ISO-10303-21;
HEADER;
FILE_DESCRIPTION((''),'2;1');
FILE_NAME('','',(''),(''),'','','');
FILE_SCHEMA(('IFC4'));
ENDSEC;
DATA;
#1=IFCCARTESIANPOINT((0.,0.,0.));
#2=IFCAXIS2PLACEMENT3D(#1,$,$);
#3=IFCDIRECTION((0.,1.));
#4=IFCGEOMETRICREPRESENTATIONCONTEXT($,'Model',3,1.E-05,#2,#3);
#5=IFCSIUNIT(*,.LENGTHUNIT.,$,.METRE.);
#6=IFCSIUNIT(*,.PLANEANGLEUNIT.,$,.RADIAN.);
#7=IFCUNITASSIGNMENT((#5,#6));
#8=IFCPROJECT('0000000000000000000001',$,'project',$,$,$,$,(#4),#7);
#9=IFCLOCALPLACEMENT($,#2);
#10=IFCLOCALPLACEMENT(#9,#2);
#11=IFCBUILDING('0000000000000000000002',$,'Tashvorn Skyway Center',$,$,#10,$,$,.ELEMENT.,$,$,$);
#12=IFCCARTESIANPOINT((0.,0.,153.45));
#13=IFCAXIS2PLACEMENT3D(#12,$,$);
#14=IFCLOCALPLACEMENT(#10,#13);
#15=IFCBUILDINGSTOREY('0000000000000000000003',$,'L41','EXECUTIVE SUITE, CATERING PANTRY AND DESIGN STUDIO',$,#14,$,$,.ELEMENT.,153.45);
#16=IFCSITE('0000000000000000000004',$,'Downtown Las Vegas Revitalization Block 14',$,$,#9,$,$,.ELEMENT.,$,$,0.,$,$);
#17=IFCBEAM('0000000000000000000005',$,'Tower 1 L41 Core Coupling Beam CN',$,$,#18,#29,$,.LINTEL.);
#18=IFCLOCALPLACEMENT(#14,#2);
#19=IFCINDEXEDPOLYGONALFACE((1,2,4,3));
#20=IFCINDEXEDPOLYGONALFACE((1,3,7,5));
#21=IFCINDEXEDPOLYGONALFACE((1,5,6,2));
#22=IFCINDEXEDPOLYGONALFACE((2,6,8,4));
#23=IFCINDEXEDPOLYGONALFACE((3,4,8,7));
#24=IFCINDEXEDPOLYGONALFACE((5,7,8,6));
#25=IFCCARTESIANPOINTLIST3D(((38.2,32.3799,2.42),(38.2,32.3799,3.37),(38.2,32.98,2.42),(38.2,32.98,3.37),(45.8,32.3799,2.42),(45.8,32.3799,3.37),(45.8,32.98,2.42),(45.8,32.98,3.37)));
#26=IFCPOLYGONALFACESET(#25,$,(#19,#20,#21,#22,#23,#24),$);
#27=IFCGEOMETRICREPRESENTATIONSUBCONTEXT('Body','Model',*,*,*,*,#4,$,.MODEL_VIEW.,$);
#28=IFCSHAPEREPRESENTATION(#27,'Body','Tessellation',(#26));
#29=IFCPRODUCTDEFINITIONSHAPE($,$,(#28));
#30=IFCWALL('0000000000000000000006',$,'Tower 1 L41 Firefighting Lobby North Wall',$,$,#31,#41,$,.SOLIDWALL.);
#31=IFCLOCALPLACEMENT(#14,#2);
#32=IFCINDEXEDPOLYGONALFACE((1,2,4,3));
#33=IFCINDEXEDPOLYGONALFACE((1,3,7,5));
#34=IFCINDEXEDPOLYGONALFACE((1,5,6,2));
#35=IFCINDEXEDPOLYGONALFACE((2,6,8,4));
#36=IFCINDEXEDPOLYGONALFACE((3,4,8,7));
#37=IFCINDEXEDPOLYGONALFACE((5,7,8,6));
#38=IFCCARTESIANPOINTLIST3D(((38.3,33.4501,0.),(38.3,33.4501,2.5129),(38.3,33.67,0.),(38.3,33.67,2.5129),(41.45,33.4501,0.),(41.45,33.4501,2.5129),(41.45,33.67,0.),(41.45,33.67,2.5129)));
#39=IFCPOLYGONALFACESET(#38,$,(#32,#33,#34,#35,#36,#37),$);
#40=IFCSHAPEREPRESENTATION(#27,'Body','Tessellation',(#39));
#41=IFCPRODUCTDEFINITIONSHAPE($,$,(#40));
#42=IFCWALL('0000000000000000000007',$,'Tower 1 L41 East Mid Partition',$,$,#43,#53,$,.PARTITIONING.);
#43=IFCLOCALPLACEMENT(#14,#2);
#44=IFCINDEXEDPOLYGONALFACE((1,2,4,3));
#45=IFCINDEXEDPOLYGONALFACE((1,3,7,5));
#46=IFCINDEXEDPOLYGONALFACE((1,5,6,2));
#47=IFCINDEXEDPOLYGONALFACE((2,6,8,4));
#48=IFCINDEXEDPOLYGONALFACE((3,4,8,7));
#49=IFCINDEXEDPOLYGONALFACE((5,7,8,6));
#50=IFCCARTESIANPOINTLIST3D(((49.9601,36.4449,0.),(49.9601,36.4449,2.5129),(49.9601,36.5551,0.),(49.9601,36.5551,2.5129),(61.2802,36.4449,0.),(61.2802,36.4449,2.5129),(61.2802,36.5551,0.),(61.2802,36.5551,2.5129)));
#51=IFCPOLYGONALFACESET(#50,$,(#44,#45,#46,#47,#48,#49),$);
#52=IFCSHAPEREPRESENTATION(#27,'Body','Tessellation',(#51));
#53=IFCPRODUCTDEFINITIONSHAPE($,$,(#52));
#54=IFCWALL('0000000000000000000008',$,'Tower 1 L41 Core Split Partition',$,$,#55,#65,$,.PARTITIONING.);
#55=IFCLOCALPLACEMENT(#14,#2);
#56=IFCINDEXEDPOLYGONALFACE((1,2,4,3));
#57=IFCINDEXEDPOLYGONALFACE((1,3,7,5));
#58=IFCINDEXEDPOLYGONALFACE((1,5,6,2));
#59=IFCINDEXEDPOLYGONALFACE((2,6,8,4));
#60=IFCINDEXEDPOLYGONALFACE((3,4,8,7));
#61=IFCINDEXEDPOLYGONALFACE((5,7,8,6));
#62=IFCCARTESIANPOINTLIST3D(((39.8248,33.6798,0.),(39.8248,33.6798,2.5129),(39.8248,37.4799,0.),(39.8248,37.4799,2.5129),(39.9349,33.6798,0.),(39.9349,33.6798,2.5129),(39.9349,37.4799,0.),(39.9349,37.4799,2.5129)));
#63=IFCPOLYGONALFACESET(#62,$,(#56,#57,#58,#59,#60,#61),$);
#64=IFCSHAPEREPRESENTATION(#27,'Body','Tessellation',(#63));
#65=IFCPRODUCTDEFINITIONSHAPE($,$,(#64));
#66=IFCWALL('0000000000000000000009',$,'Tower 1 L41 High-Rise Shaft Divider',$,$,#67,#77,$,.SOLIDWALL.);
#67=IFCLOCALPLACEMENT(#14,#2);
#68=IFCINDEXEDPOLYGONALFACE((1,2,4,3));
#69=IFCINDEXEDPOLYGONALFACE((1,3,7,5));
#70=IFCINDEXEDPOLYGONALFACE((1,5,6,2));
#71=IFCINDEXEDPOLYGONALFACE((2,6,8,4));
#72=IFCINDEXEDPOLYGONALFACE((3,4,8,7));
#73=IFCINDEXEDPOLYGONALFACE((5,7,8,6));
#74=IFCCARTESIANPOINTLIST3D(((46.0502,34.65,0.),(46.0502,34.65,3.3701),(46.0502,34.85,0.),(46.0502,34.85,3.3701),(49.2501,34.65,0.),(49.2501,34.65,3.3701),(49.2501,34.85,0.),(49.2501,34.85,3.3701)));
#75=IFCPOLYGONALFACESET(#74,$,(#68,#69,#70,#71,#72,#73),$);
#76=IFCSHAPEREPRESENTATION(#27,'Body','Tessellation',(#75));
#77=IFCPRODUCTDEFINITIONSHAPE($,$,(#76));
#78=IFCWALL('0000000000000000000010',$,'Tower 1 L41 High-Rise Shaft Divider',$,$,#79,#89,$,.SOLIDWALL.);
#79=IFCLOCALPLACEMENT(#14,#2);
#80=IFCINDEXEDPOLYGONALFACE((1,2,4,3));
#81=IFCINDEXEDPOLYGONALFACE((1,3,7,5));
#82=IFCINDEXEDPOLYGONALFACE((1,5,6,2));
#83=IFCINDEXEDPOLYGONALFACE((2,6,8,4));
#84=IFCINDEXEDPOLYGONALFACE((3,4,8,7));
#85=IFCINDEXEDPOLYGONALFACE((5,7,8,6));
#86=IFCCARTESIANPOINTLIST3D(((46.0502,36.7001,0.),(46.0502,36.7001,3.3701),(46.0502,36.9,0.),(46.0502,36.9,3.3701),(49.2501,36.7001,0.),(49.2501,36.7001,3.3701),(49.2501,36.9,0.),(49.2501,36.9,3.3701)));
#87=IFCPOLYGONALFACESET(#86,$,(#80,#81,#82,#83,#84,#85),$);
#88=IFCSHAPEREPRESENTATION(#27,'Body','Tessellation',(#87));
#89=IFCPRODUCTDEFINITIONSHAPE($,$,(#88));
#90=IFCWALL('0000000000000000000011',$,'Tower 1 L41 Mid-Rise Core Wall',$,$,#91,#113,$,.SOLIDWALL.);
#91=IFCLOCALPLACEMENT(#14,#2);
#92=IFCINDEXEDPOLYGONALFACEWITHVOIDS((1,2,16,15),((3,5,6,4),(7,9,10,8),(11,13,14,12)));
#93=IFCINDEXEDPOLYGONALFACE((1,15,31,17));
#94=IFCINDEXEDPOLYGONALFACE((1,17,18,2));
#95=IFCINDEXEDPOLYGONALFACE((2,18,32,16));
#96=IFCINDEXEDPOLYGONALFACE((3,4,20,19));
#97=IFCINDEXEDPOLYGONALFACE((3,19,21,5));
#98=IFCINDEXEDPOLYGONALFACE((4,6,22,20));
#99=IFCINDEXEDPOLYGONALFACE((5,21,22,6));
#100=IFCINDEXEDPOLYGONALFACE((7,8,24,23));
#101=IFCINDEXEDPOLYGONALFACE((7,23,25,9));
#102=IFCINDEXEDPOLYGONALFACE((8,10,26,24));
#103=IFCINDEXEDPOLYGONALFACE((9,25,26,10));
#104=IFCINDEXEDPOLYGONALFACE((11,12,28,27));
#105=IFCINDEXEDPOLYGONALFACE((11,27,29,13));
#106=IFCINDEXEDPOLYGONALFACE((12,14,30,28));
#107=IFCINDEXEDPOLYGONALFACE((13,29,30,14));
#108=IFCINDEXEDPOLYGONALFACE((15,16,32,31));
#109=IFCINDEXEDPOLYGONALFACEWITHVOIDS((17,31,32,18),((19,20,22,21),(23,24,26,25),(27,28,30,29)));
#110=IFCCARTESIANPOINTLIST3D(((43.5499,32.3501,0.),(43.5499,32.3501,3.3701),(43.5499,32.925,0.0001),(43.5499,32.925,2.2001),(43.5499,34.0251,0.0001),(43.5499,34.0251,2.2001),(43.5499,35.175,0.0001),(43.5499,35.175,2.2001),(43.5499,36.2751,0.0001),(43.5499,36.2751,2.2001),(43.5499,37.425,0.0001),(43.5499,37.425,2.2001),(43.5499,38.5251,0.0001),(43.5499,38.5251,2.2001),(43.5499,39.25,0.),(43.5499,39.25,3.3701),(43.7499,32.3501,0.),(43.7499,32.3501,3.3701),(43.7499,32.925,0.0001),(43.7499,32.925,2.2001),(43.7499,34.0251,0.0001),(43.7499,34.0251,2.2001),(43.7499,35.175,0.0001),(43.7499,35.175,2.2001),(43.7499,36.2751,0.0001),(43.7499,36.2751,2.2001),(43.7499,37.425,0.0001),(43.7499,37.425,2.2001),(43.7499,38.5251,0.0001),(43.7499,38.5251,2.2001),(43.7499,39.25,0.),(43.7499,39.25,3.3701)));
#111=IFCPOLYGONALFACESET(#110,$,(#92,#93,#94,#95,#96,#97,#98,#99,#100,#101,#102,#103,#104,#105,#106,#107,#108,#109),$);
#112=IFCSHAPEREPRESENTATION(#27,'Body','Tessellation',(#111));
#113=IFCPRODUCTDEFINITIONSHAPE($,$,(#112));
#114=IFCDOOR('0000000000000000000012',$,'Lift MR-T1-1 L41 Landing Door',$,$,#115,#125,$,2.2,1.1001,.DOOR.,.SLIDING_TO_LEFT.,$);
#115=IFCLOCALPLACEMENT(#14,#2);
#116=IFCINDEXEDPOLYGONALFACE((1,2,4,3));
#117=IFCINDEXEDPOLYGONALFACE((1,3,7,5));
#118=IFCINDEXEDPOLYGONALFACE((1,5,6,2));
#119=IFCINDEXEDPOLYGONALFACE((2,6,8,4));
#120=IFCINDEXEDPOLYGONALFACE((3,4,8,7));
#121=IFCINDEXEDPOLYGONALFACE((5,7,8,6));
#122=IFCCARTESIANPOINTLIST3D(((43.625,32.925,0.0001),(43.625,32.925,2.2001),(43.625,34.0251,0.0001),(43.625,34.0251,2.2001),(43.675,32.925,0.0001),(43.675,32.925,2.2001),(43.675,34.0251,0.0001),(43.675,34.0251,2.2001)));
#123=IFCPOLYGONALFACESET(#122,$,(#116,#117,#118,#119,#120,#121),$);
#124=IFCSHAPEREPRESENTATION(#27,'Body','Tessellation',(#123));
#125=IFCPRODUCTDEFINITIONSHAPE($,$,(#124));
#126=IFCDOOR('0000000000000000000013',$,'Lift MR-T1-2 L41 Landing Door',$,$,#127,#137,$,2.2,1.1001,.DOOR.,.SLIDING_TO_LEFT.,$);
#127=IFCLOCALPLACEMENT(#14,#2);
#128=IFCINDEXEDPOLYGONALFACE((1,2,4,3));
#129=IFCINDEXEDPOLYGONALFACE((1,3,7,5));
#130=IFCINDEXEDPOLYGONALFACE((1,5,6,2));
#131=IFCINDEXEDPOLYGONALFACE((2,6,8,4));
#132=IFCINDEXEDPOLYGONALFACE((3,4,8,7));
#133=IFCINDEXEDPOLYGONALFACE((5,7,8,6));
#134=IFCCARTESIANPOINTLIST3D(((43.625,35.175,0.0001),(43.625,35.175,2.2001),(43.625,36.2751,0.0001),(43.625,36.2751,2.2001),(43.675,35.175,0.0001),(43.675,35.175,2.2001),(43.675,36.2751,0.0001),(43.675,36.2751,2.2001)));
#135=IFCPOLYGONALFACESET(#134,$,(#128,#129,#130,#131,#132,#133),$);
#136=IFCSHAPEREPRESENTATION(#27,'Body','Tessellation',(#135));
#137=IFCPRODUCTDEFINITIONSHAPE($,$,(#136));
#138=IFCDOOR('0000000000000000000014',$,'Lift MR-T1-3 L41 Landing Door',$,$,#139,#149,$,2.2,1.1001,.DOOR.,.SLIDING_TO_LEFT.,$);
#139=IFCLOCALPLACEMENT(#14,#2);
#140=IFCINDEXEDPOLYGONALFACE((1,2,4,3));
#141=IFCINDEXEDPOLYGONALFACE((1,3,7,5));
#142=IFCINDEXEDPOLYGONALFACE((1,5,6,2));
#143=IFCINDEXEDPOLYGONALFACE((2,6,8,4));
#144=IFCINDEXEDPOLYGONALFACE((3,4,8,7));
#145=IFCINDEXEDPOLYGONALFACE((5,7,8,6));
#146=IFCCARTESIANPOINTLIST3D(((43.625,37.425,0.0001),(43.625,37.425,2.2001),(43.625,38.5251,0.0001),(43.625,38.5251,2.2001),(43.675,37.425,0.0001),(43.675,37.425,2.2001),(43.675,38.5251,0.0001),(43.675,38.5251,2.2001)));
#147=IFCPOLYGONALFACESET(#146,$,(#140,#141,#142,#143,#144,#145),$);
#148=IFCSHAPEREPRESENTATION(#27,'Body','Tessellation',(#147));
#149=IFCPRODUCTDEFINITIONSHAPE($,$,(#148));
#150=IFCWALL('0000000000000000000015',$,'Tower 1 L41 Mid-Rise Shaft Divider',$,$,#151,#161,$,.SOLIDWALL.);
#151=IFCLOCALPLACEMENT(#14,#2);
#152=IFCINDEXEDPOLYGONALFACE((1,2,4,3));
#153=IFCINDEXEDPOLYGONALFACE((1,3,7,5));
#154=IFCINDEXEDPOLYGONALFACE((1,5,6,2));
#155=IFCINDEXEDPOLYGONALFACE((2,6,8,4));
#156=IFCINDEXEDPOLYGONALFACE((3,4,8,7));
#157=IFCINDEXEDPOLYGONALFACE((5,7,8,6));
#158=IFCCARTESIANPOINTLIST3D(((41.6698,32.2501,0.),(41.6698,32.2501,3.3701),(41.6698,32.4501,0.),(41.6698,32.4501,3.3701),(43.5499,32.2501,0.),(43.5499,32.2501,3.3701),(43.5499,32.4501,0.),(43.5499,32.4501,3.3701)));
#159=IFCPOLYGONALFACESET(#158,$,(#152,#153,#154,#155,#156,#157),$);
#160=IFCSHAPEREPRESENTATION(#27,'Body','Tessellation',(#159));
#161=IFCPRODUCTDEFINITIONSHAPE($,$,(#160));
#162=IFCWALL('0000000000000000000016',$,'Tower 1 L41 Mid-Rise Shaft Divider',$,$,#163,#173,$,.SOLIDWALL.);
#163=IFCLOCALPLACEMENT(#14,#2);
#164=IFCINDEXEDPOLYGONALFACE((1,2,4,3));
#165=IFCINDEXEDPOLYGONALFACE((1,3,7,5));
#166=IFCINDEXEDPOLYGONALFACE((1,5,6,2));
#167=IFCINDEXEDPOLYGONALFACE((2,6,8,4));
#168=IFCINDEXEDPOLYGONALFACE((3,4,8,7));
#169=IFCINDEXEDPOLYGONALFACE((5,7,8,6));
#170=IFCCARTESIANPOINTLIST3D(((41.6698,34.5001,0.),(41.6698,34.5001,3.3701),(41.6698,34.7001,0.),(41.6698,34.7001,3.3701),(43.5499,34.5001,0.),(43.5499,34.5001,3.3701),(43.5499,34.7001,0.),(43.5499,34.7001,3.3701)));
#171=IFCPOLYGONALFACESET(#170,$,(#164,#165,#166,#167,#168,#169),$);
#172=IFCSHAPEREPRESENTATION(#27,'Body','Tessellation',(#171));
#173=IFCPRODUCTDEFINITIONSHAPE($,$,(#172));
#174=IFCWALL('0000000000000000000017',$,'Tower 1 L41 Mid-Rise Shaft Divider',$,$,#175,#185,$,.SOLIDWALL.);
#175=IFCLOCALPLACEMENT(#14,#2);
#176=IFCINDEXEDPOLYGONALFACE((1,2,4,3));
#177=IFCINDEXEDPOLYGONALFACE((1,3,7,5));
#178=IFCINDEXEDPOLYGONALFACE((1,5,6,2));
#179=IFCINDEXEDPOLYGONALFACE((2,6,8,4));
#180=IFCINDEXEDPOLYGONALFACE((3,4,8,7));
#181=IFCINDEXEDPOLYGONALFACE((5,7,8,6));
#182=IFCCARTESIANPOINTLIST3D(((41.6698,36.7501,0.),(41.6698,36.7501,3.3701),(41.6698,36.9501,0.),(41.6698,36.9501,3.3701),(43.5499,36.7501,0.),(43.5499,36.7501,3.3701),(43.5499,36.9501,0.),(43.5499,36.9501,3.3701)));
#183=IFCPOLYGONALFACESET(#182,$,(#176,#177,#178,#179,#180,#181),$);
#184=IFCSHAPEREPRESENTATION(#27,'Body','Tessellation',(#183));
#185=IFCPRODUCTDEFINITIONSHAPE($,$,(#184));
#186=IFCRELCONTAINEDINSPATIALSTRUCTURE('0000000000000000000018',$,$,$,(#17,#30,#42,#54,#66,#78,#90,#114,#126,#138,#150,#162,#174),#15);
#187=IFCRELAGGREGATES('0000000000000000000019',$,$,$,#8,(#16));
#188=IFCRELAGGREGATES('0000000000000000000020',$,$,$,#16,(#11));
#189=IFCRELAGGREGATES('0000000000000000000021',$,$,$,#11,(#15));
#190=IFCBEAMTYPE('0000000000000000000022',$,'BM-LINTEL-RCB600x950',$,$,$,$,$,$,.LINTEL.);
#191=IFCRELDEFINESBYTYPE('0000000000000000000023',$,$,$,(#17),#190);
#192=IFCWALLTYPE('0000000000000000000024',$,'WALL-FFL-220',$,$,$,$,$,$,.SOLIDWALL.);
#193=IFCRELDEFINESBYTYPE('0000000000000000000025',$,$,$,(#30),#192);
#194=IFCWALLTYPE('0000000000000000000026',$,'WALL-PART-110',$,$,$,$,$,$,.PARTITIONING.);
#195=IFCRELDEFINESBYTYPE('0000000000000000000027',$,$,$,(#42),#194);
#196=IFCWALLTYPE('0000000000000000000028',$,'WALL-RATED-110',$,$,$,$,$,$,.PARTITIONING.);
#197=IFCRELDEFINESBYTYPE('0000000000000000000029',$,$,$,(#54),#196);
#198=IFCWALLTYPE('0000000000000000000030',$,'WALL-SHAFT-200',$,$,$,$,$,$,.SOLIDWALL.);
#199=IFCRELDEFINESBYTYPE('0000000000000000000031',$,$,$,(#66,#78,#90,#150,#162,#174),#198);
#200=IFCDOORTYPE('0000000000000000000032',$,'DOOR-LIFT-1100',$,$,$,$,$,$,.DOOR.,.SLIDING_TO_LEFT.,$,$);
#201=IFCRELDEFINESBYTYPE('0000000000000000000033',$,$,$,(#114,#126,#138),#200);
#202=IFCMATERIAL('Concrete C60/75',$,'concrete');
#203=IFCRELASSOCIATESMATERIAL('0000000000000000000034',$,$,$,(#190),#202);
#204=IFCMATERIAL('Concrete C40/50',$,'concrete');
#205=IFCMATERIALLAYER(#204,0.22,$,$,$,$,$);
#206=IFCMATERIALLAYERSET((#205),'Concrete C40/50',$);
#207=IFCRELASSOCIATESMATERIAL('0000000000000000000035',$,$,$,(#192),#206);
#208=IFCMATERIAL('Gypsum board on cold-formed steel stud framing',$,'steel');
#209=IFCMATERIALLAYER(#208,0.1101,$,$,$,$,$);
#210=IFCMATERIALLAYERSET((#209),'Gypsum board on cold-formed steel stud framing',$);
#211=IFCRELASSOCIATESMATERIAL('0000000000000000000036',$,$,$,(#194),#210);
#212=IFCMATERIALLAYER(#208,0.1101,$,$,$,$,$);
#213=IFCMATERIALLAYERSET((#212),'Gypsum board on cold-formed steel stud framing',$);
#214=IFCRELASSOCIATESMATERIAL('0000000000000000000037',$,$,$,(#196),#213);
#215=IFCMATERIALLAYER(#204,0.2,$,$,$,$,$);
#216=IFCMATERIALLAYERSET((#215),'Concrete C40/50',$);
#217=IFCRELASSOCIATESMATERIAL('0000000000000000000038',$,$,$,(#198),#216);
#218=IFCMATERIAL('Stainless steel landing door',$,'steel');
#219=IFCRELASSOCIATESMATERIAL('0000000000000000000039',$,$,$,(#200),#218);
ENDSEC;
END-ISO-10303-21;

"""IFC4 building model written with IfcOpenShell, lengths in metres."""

from ifc_helpers import new_model, si_unit, direction, frame, frame_2d, origin, origin_2d, place, context, subcontext, project, spatial, rectangle, extrude, material, layer, layer_set, material_profile, profile_set, type_object, element, fill, save


model = new_model("IFC4")

# Units and contexts
model_context = context("Model", 3, precision=1e-05, world=origin(), true_north=direction((0.0, 1.0)))
body_context = subcontext(model_context, "Body", "Model", "MODEL_VIEW")
ifc_project = project(units=[si_unit("LENGTHUNIT", "METRE"), si_unit("PLANEANGLEUNIT", "RADIAN")], contexts=[model_context])

# Site, building, storey
site_placement = place(None, origin())
site = spatial("IfcSite", under=ifc_project, at=site_placement, Name="Downtown Las Vegas Revitalization Block 14", CompositionType="ELEMENT", RefElevation=0.0)
building_placement = place(site_placement, origin())
building = spatial("IfcBuilding", under=site, at=building_placement, Name="Tashvorn Skyway Center", CompositionType="ELEMENT")
storey_placement = place(building_placement, frame((0.0, 0.0, 153.45)))
storey = spatial("IfcBuildingStorey", under=building, at=storey_placement, Name="L41", Description="EXECUTIVE SUITE, CATERING PANTRY AND DESIGN STUDIO", CompositionType="ELEMENT", Elevation=153.45)

# Beam
ifc_material_1 = material(Name="Concrete C60/75", Category="concrete")
ifc_material_profile = material_profile(ifc_material_1, rectangle(XDim=0.6001, YDim=0.95, at=origin_2d()), Name="RCB600x950")
ifc_profile_set = profile_set([ifc_material_profile], Name="Concrete C60/75")
beam_type = type_object("IfcBeamType", Name="BM-LINTEL-RCB600x950", PredefinedType="LINTEL", material=ifc_profile_set)
beam_placement = place(storey_placement, frame((38.2, 32.6799, 2.895), z_axis=(1.0, 0.0, 0.0), x_axis=(0.0, 1.0, 0.0)))
element("IfcBeam", 1, at=beam_placement, inside=storey, type_object=beam_type, Name="Tower 1 L41 Core Coupling Beam CN", PredefinedType="LINTEL", context=body_context, shape_type="SweptSolid", body=[
    extrude(rectangle(XDim=0.6001, YDim=0.95, at=origin_2d()), origin(), (0.0, 0.0, 1.0), 7.6001),
])

# Walls
ifc_material_2 = material(Name="Concrete C40/50", Category="concrete")
ifc_layer_1 = layer(ifc_material_2, 0.22)
ifc_layer_set_1 = layer_set([ifc_layer_1], Name="Concrete C40/50")
wall_type_1 = type_object("IfcWallType", Name="WALL-FFL-220", PredefinedType="SOLIDWALL", material=ifc_layer_set_1)
wall_1_placement = place(storey_placement, frame((38.3, 33.5601, 0.0), z_axis=(0.0, 0.0, 1.0), x_axis=(1.0, 0.0, 0.0)))
element("IfcWall", 2, at=wall_1_placement, inside=storey, type_object=wall_type_1, Name="Tower 1 L41 Firefighting Lobby North Wall", PredefinedType="SOLIDWALL", context=body_context, shape_type="SweptSolid", body=[
    extrude(rectangle(XDim=3.1499, YDim=0.22, at=frame_2d((1.575, 0.0))), origin(), (0.0, 0.0, 1.0), 2.5129),
])
ifc_material_3 = material(Name="Gypsum board on cold-formed steel stud framing", Category="steel")
ifc_layer_2 = layer(ifc_material_3, 0.1101)
ifc_layer_set_2 = layer_set([ifc_layer_2], Name="Gypsum board on cold-formed steel stud framing")
wall_type_2 = type_object("IfcWallType", Name="WALL-PART-110", PredefinedType="PARTITIONING", material=ifc_layer_set_2)
wall_2_placement = place(storey_placement, frame((49.96, 36.5, 0.0), z_axis=(0.0, 0.0, 1.0), x_axis=(1.0, 0.0, 0.0)))
element("IfcWall", 3, at=wall_2_placement, inside=storey, type_object=wall_type_2, Name="Tower 1 L41 East Mid Partition", PredefinedType="PARTITIONING", context=body_context, shape_type="SweptSolid", body=[
    extrude(rectangle(XDim=11.3201, YDim=0.1101, at=frame_2d((5.6602, 0.0))), origin(), (0.0, 0.0, 1.0), 2.5129),
])
ifc_layer_3 = layer(ifc_material_3, 0.1101)
ifc_layer_set_3 = layer_set([ifc_layer_3], Name="Gypsum board on cold-formed steel stud framing")
wall_type_3 = type_object("IfcWallType", Name="WALL-RATED-110", PredefinedType="PARTITIONING", material=ifc_layer_set_3)
wall_3_placement = place(storey_placement, frame((39.8799, 33.6799, 0.0), z_axis=(0.0, 0.0, 1.0), x_axis=(0.0, 1.0, 0.0)))
element("IfcWall", 4, at=wall_3_placement, inside=storey, type_object=wall_type_3, Name="Tower 1 L41 Core Split Partition", PredefinedType="PARTITIONING", context=body_context, shape_type="SweptSolid", body=[
    extrude(rectangle(XDim=3.8, YDim=0.1101, at=frame_2d((1.8999, 0.0))), origin(), (0.0, 0.0, 1.0), 2.5129),
])
ifc_layer_4 = layer(ifc_material_2, 0.2)
ifc_layer_set_4 = layer_set([ifc_layer_4], Name="Concrete C40/50")
wall_type_4 = type_object("IfcWallType", Name="WALL-SHAFT-200", PredefinedType="SOLIDWALL", material=ifc_layer_set_4)
for number, where, z_axis, x_axis, name in (
    (5, (46.05, 34.75, 0.0), (0.0, 0.0, 1.0), (1.0, 0.0, 0.0), "Tower 1 L41 High-Rise Shaft Divider"),
    (6, (46.05, 36.8, 0.0), (0.0, 0.0, 1.0), (1.0, 0.0, 0.0), "Tower 1 L41 High-Rise Shaft Divider"),
):
    element("IfcWall", number, at=place(storey_placement, frame(where, z_axis=z_axis, x_axis=x_axis)), inside=storey, type_object=wall_type_4, Name=name, PredefinedType="SOLIDWALL", context=body_context, shape_type="SweptSolid", body=[
        extrude(rectangle(XDim=3.2, YDim=0.2, at=frame_2d((1.6001, 0.0))), origin(), (0.0, 0.0, 1.0), 3.3701),
    ])

# Wall, openings, doors
wall_4_placement = place(storey_placement, frame((43.6499, 32.3501, 0.0), z_axis=(0.0, 0.0, 1.0), x_axis=(0.0, 1.0, 0.0)))
wall_4 = element("IfcWall", 7, at=wall_4_placement, inside=storey, type_object=wall_type_4, Name="Tower 1 L41 Mid-Rise Core Wall", PredefinedType="SOLIDWALL", context=body_context, shape_type="SweptSolid", body=[
    extrude(rectangle(XDim=6.8999, YDim=0.2, at=frame_2d((3.45, 0.0))), origin(), (0.0, 0.0, 1.0), 3.3701),
])
opening_1_placement = place(wall_4_placement, frame((0.575, 0.0, 0.0)))
opening_1 = element("IfcOpeningElement", 8, at=opening_1_placement, cuts=wall_4, PredefinedType="OPENING", context=body_context, shape_type="SweptSolid", body=[
    extrude(rectangle(XDim=1.1001, YDim=2.2, at=frame_2d((0.55, 1.1001))), frame((0.0, 0.1099, 0.0), z_axis=(0.0, -1.0, 0.0), x_axis=(1.0, 0.0, 0.0)), (0.0, 0.0, 1.0), 0.22),
])
opening_2_placement = place(wall_4_placement, frame((2.825, 0.0, 0.0)))
opening_2 = element("IfcOpeningElement", 9, at=opening_2_placement, cuts=wall_4, PredefinedType="OPENING", context=body_context, shape_type="SweptSolid", body=[
    extrude(rectangle(XDim=1.1001, YDim=2.2, at=frame_2d((0.55, 1.1001))), frame((0.0, 0.1099, 0.0), z_axis=(0.0, -1.0, 0.0), x_axis=(1.0, 0.0, 0.0)), (0.0, 0.0, 1.0), 0.22),
])
opening_3_placement = place(wall_4_placement, frame((5.075, 0.0, 0.0)))
opening_3 = element("IfcOpeningElement", 10, at=opening_3_placement, cuts=wall_4, PredefinedType="OPENING", context=body_context, shape_type="SweptSolid", body=[
    extrude(rectangle(XDim=1.1001, YDim=2.2, at=frame_2d((0.55, 1.1001))), frame((0.0, 0.1099, 0.0), z_axis=(0.0, -1.0, 0.0), x_axis=(1.0, 0.0, 0.0)), (0.0, 0.0, 1.0), 0.22),
])
ifc_material_4 = material(Name="Stainless steel landing door", Category="steel")
door_type_1 = type_object("IfcDoorType", Name="DOOR-LIFT-1100", OperationType="SLIDING_TO_LEFT", PredefinedType="DOOR", material=ifc_material_4)
door_1_placement = place(opening_1_placement, origin())
door_1 = element("IfcDoor", 11, at=door_1_placement, inside=storey, type_object=door_type_1, Name="Lift MR-T1-1 L41 Landing Door", OperationType="SLIDING_TO_LEFT", OverallHeight=2.2, OverallWidth=1.1001, PredefinedType="DOOR", context=body_context, shape_type="SweptSolid", body=[
    extrude(rectangle(XDim=1.1001, YDim=2.2, at=frame_2d((0.55, 1.1001))), frame((0.0, 0.0249, 0.0), z_axis=(0.0, -1.0, 0.0), x_axis=(1.0, 0.0, 0.0)), (0.0, 0.0, 1.0), 0.05),
])
fill(opening_1, door_1)
door_2_placement = place(opening_2_placement, origin())
door_2 = element("IfcDoor", 12, at=door_2_placement, inside=storey, type_object=door_type_1, Name="Lift MR-T1-2 L41 Landing Door", OperationType="SLIDING_TO_LEFT", OverallHeight=2.2, OverallWidth=1.1001, PredefinedType="DOOR", context=body_context, shape_type="SweptSolid", body=[
    extrude(rectangle(XDim=1.1001, YDim=2.2, at=frame_2d((0.55, 1.1001))), frame((0.0, 0.0249, 0.0), z_axis=(0.0, -1.0, 0.0), x_axis=(1.0, 0.0, 0.0)), (0.0, 0.0, 1.0), 0.05),
])
fill(opening_2, door_2)
door_3_placement = place(opening_3_placement, origin())
door_3 = element("IfcDoor", 13, at=door_3_placement, inside=storey, type_object=door_type_1, Name="Lift MR-T1-3 L41 Landing Door", OperationType="SLIDING_TO_LEFT", OverallHeight=2.2, OverallWidth=1.1001, PredefinedType="DOOR", context=body_context, shape_type="SweptSolid", body=[
    extrude(rectangle(XDim=1.1001, YDim=2.2, at=frame_2d((0.55, 1.1001))), frame((0.0, 0.0249, 0.0), z_axis=(0.0, -1.0, 0.0), x_axis=(1.0, 0.0, 0.0)), (0.0, 0.0, 1.0), 0.05),
])
fill(opening_3, door_3)

# Walls
for number, where, z_axis, x_axis, name in (
    (14, (41.6699, 32.3501, 0.0), (0.0, 0.0, 1.0), (1.0, 0.0, 0.0), "Tower 1 L41 Mid-Rise Shaft Divider"),
    (15, (41.6699, 34.6001, 0.0), (0.0, 0.0, 1.0), (1.0, 0.0, 0.0), "Tower 1 L41 Mid-Rise Shaft Divider"),
    (16, (41.6699, 36.8501, 0.0), (0.0, 0.0, 1.0), (1.0, 0.0, 0.0), "Tower 1 L41 Mid-Rise Shaft Divider"),
):
    element("IfcWall", number, at=place(storey_placement, frame(where, z_axis=z_axis, x_axis=x_axis)), inside=storey, type_object=wall_type_4, Name=name, PredefinedType="SOLIDWALL", context=body_context, shape_type="SweptSolid", body=[
        extrude(rectangle(XDim=1.8801, YDim=0.2, at=frame_2d((0.9399, 0.0))), origin(), (0.0, 0.0, 1.0), 3.3701),
    ])

save(model, "model.ifc")
